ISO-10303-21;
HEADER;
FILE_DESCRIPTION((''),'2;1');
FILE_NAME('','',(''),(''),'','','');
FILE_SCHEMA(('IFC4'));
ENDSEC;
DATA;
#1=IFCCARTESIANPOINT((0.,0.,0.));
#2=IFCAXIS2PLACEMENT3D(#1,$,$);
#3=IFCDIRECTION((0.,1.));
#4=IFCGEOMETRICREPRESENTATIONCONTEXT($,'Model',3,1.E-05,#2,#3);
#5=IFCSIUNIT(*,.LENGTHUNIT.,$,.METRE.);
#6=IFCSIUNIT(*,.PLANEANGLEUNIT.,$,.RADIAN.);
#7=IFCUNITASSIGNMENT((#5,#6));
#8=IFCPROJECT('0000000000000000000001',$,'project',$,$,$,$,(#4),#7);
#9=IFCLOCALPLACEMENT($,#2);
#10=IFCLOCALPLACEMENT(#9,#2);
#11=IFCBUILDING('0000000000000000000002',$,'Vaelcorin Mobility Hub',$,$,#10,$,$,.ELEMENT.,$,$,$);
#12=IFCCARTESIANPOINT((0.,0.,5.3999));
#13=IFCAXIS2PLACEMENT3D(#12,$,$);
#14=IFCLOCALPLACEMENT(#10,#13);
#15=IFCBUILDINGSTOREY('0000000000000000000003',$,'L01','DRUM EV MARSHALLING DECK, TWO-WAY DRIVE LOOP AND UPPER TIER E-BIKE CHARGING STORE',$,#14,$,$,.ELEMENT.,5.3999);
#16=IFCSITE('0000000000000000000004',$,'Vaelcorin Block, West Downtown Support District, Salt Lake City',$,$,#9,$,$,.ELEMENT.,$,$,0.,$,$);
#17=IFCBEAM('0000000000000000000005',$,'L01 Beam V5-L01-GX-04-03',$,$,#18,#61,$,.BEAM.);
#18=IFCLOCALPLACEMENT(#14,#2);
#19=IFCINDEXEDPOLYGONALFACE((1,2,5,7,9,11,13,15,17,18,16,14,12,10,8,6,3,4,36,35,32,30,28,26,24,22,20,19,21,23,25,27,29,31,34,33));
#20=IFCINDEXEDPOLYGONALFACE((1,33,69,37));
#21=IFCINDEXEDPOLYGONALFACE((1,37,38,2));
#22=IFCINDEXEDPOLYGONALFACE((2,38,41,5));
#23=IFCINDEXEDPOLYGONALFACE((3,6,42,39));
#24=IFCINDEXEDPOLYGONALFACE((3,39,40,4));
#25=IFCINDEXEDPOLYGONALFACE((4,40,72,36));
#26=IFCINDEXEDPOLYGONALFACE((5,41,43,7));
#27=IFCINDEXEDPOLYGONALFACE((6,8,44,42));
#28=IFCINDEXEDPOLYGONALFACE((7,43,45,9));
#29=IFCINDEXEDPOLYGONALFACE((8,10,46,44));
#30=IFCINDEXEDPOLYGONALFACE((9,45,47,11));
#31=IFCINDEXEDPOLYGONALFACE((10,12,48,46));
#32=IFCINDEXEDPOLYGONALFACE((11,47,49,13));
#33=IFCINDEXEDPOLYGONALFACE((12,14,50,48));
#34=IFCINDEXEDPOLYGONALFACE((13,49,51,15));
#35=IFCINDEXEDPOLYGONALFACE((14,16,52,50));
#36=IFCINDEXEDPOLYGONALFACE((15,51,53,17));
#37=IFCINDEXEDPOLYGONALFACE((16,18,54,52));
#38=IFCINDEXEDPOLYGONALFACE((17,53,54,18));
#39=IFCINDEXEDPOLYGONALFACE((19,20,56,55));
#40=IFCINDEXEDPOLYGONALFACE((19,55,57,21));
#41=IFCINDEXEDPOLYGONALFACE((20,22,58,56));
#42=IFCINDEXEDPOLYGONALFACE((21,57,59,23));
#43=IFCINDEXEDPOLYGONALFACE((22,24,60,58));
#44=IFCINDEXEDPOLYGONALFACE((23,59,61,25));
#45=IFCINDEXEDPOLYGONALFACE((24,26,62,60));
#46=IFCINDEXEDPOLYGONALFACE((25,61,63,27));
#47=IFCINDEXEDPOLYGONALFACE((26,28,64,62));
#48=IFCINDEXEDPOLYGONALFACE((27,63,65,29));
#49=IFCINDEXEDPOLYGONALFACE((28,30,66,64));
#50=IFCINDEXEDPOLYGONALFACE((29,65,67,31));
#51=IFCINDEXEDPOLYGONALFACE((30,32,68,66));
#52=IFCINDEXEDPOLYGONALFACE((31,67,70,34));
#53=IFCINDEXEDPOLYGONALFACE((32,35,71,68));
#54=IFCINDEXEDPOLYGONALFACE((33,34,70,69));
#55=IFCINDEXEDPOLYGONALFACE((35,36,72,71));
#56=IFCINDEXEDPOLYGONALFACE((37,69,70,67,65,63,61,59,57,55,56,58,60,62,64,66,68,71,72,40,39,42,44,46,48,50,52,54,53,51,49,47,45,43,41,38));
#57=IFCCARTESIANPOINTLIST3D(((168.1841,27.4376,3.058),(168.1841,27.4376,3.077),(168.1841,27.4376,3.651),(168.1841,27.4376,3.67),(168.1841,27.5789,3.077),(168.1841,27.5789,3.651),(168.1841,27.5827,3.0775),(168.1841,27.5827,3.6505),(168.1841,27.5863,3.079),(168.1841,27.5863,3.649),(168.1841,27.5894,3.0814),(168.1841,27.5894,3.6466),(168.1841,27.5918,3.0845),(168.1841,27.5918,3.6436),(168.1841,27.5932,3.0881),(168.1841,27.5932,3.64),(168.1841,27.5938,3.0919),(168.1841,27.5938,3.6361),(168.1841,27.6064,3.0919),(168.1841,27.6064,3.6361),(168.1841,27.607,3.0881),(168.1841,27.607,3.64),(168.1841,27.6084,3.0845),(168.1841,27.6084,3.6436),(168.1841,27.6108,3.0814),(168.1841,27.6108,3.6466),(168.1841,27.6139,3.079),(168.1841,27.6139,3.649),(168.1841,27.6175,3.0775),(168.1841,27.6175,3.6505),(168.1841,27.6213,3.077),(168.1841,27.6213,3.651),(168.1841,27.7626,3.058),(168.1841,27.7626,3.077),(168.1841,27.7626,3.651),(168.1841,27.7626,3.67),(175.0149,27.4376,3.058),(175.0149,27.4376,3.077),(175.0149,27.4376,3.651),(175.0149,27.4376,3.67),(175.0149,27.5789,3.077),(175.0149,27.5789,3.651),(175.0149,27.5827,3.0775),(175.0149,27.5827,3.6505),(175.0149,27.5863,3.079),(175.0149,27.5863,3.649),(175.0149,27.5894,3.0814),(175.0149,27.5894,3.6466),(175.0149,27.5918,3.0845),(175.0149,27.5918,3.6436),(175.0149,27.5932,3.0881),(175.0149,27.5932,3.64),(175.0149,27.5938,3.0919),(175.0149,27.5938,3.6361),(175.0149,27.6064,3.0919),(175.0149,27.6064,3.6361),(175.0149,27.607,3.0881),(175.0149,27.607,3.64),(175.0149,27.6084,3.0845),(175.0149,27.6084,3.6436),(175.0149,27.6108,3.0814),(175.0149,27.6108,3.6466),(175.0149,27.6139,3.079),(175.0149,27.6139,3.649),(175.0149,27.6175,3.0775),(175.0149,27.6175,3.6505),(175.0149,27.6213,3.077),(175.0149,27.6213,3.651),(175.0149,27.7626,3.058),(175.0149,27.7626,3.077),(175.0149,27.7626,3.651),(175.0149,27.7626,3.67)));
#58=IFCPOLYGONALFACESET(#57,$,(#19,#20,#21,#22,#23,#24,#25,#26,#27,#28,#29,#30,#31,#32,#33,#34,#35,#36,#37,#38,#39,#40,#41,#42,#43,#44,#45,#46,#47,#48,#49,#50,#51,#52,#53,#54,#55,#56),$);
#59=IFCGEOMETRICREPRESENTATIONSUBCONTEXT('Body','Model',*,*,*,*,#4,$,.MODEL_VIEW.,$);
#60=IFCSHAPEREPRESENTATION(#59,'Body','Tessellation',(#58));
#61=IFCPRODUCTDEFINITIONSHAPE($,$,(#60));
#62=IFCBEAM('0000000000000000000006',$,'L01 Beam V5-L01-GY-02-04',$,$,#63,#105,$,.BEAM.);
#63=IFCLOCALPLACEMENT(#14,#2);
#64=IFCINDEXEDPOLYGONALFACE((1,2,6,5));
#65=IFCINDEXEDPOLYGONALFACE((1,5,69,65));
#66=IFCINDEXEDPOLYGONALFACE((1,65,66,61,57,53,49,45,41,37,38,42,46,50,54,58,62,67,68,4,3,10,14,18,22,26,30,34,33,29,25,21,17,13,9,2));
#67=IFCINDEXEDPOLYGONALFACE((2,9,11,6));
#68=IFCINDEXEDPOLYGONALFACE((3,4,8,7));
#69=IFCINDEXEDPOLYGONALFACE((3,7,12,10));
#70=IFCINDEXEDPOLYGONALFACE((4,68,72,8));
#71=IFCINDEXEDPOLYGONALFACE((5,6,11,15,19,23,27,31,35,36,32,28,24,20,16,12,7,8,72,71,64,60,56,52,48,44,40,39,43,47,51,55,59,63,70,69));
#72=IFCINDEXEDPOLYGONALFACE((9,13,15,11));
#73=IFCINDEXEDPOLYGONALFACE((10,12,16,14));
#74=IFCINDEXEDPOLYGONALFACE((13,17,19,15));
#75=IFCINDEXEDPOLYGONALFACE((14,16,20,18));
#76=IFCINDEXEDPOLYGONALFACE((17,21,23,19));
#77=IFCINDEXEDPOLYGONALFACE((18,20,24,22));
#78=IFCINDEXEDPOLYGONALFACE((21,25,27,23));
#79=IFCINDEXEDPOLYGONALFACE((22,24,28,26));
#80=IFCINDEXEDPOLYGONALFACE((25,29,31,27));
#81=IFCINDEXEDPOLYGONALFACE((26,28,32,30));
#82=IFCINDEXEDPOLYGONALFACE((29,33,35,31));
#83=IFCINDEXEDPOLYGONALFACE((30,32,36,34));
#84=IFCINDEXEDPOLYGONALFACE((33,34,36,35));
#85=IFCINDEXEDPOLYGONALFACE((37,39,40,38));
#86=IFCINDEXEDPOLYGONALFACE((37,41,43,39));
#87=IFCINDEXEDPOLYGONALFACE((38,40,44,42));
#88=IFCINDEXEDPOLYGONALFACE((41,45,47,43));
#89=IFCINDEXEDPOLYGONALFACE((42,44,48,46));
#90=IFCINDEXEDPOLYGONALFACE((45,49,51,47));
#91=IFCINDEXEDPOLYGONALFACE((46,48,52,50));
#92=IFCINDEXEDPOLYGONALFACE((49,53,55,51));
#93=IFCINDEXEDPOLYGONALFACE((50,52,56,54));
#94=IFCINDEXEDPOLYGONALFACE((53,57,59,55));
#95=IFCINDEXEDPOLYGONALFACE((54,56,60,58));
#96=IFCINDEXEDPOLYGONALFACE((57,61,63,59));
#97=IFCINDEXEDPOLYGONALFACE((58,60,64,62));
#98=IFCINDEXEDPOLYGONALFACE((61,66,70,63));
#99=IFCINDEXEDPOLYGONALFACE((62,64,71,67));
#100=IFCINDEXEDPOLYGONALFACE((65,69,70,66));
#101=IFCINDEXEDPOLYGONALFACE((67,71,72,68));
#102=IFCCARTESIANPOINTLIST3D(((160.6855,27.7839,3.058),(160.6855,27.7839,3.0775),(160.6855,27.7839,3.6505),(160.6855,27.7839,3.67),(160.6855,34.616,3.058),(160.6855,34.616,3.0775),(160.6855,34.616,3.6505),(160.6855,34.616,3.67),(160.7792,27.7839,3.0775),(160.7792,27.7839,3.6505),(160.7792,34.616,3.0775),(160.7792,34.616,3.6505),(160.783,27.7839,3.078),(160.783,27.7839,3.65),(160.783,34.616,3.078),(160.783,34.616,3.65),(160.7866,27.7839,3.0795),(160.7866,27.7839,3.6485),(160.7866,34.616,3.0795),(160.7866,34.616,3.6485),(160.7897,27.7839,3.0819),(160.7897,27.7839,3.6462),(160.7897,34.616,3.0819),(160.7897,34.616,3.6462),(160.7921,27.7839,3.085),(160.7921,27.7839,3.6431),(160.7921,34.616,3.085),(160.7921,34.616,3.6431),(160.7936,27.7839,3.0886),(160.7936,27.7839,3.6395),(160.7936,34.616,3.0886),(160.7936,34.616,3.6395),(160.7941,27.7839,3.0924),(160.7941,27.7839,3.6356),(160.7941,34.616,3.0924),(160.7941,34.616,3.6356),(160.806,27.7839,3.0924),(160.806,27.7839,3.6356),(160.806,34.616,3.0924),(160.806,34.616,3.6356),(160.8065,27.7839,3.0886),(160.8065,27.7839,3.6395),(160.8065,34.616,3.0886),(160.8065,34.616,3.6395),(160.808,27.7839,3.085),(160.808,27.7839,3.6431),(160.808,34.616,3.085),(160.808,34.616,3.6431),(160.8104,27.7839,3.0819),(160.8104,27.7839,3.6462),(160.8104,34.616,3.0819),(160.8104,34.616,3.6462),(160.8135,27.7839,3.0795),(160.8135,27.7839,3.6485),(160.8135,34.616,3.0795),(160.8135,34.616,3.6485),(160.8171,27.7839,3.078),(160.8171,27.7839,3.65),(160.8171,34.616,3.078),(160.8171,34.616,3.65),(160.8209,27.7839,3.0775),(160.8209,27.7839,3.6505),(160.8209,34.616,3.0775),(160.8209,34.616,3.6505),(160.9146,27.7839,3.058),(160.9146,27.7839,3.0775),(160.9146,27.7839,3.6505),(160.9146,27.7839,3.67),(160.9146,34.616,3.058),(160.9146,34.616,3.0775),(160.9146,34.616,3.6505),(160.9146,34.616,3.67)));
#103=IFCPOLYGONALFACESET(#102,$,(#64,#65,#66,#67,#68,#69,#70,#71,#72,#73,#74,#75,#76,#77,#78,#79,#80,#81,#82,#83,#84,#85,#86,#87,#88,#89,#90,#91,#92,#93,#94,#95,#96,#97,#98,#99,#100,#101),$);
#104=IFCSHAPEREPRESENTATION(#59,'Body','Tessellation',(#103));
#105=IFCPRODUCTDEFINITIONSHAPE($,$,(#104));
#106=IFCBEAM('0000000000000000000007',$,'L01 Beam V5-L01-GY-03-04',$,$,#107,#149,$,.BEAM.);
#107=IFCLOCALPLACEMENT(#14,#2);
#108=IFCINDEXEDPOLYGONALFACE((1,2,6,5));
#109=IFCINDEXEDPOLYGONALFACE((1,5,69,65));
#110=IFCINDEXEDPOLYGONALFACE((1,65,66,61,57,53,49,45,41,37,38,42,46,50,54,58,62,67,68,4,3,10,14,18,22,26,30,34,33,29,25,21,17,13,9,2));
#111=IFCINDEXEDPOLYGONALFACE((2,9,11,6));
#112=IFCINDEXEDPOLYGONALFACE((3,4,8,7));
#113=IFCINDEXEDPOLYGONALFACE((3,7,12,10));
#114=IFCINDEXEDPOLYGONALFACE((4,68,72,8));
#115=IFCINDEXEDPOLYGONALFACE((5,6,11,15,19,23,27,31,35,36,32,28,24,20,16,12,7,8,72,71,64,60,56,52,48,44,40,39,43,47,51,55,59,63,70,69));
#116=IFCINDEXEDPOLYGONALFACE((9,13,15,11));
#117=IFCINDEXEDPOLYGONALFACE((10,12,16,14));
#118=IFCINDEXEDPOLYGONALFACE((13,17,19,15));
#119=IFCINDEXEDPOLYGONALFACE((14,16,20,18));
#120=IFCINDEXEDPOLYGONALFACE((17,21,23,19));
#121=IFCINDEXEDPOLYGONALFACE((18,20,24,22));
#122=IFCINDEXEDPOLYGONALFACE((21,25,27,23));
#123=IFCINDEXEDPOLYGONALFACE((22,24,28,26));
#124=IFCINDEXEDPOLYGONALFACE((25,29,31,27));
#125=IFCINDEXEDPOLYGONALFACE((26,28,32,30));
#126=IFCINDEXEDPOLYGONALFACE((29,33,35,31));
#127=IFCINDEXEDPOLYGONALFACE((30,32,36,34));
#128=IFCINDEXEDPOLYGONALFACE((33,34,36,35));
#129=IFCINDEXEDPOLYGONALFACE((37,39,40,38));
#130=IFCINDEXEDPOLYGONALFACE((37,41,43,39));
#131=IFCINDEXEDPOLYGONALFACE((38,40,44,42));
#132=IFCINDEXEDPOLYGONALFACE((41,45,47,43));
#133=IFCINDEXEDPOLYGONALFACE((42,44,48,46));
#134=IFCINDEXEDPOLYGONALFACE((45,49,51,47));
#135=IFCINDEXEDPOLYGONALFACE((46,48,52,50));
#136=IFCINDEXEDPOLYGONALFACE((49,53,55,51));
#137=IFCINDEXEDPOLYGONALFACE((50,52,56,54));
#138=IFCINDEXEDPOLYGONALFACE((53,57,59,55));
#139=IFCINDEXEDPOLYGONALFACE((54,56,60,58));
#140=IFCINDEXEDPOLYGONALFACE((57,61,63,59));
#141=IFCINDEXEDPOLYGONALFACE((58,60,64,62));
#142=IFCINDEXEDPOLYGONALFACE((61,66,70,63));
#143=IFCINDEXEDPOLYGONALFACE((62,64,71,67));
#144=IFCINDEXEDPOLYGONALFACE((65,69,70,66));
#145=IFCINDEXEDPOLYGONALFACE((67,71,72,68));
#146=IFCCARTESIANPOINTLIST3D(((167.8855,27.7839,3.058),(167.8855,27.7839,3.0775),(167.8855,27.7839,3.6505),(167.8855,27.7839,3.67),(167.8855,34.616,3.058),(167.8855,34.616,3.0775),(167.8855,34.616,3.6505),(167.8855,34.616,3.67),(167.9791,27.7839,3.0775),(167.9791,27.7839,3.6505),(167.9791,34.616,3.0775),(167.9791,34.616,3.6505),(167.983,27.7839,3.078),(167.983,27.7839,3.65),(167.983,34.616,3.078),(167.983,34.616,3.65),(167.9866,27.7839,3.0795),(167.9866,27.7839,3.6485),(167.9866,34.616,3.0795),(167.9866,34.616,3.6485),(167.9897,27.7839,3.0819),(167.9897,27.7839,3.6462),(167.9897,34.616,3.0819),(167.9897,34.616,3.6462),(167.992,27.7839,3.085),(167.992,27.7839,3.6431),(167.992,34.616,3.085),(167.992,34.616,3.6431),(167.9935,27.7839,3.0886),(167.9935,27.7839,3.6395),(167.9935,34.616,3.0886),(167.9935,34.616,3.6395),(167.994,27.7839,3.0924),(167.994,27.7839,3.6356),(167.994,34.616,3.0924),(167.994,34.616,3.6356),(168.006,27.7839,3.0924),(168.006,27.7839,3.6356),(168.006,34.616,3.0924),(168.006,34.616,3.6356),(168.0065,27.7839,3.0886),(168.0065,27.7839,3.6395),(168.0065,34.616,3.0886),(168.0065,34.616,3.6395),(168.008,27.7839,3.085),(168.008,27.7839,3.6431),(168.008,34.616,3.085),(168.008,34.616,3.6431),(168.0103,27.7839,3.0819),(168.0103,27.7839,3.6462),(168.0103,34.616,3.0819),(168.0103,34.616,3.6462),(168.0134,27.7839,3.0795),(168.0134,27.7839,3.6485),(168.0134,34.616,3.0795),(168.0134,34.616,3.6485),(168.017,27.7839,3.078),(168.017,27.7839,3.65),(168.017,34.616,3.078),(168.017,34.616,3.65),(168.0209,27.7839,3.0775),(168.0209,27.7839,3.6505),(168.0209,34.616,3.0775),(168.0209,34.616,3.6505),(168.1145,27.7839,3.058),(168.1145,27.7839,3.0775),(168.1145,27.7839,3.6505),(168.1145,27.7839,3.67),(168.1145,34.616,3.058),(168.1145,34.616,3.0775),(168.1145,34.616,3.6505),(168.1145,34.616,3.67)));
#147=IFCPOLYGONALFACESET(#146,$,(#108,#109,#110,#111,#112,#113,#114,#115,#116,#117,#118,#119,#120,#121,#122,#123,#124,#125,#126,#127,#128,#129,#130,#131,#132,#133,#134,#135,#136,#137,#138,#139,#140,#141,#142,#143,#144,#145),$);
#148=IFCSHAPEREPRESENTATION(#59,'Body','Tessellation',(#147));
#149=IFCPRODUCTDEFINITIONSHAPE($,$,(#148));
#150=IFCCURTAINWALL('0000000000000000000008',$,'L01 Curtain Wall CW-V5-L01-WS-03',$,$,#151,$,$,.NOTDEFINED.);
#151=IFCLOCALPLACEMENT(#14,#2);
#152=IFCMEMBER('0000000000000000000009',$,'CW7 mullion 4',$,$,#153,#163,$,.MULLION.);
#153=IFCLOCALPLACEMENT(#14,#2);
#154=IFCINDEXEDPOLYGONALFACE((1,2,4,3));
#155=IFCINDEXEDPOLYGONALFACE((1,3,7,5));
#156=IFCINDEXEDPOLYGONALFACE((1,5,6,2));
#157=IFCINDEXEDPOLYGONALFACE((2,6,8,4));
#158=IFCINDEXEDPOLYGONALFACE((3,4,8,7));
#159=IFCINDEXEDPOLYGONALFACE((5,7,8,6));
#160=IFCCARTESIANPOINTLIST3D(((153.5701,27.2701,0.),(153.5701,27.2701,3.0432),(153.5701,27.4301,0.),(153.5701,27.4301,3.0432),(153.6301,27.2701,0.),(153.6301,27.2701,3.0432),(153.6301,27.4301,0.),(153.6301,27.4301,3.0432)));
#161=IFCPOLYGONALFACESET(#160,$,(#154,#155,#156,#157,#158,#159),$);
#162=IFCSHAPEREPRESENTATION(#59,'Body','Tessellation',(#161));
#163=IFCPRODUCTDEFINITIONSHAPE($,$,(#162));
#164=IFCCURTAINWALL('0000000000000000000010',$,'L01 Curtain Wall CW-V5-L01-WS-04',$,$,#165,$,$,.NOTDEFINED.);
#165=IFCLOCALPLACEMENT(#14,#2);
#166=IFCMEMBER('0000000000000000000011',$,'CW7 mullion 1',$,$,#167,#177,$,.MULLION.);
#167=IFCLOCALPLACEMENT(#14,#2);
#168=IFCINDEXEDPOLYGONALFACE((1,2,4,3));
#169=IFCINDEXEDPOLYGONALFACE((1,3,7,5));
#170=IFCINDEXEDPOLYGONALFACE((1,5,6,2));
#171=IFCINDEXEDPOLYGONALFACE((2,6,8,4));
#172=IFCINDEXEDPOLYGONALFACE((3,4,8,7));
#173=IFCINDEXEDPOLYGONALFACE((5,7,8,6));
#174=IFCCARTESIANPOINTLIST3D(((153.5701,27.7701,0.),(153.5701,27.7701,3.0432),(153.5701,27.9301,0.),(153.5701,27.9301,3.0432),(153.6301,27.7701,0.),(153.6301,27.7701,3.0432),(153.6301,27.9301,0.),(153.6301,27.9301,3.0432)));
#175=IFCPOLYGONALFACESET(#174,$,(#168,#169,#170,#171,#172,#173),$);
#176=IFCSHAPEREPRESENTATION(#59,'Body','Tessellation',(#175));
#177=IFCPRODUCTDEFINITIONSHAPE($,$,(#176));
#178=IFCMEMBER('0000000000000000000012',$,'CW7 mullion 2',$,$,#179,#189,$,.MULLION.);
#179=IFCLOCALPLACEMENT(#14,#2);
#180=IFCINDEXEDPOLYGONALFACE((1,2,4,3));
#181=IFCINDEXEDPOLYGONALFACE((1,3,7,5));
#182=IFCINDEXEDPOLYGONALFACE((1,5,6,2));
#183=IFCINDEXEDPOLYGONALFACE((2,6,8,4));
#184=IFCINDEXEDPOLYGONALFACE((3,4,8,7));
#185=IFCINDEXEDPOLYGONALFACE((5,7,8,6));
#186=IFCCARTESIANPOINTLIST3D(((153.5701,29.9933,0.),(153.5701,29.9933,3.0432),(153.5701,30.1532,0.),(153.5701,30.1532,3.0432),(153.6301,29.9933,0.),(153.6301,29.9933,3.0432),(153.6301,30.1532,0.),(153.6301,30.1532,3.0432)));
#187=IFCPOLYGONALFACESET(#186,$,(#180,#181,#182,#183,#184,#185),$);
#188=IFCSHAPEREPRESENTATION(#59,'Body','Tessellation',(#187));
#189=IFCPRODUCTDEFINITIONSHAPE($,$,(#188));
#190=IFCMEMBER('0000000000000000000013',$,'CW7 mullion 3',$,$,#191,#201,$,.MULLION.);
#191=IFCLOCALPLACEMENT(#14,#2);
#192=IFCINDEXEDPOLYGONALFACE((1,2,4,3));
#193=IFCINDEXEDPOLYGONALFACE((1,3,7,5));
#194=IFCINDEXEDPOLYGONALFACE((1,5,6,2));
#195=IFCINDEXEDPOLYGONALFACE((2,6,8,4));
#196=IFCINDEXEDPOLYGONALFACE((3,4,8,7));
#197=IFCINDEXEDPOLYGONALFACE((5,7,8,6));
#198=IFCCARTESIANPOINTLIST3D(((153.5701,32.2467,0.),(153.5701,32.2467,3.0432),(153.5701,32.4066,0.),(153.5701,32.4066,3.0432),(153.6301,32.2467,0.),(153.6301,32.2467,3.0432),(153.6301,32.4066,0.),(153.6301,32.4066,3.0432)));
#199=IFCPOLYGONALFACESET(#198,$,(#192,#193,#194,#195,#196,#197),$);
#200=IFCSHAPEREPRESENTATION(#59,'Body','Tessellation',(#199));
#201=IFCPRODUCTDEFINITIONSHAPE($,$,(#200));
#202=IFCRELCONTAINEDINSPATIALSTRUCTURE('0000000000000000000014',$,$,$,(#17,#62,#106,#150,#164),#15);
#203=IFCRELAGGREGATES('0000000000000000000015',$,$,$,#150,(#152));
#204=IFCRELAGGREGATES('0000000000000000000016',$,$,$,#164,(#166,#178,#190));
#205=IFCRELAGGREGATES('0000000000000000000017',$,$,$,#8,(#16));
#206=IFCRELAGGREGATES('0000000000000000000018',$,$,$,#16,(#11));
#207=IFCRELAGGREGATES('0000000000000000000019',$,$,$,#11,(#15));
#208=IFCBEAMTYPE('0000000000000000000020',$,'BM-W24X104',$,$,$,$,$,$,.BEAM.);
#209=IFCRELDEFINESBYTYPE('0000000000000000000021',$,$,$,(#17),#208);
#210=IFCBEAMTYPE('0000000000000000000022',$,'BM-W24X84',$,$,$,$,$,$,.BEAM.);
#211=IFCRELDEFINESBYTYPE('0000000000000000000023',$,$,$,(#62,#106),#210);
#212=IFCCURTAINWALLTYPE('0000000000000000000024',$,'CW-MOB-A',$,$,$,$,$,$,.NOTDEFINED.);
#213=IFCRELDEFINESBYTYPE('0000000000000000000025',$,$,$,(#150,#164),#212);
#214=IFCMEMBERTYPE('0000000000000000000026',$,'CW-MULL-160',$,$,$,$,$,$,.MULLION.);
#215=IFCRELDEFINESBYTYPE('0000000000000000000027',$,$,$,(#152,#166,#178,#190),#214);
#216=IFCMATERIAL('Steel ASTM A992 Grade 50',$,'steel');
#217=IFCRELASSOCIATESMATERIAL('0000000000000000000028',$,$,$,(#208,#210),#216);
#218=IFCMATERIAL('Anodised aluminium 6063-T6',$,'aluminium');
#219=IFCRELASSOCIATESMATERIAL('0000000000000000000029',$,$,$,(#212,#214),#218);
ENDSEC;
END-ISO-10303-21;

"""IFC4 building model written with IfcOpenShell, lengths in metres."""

from ifc_helpers import new_model, si_unit, direction, frame, origin, origin_2d, place, context, subcontext, project, spatial, rectangle, i_section, extrude, material, material_profile, profile_set, type_object, element, aggregate, save


model = new_model("IFC4")

# Units and contexts
model_context = context("Model", 3, precision=1e-05, world=origin(), true_north=direction((0.0, 1.0)))
body_context = subcontext(model_context, "Body", "Model", "MODEL_VIEW")
ifc_project = project(units=[si_unit("LENGTHUNIT", "METRE"), si_unit("PLANEANGLEUNIT", "RADIAN")], contexts=[model_context])

# Site, building, storey
site_placement = place(None, origin())
site = spatial("IfcSite", under=ifc_project, at=site_placement, Name="Vaelcorin Block, West Downtown Support District, Salt Lake City", CompositionType="ELEMENT", RefElevation=0.0)
building_placement = place(site_placement, origin())
building = spatial("IfcBuilding", under=site, at=building_placement, Name="Vaelcorin Mobility Hub", CompositionType="ELEMENT")
storey_placement = place(building_placement, frame((0.0, 0.0, 5.3999)))
storey = spatial("IfcBuildingStorey", under=building, at=storey_placement, Name="L01", Description="DRUM EV MARSHALLING DECK, TWO-WAY DRIVE LOOP AND UPPER TIER E-BIKE CHARGING STORE", CompositionType="ELEMENT", Elevation=5.3999)

# Shared definitions
ifc_material_1 = material(Name="Steel ASTM A992 Grade 50", Category="steel")

# Beams
ifc_material_profile_1 = material_profile(ifc_material_1, i_section(OverallWidth=0.325, OverallDepth=0.6121, WebThickness=0.0127, FlangeThickness=0.019, FilletRadius=0.0149, at=origin_2d()), Name="W24X104")
ifc_profile_set_1 = profile_set([ifc_material_profile_1], Name="Steel ASTM A992 Grade 50")
beam_type_1 = type_object("IfcBeamType", Name="BM-W24X104", PredefinedType="BEAM", material=ifc_profile_set_1)
beam_1_placement = place(storey_placement, frame((168.1841, 27.6001, 3.364), z_axis=(1.0, 0.0, 0.0), x_axis=(0.0, 1.0, 0.0)))
element("IfcBeam", 1, at=beam_1_placement, inside=storey, type_object=beam_type_1, Name="L01 Beam V5-L01-GX-04-03", PredefinedType="BEAM", context=body_context, shape_type="SweptSolid", body=[
    extrude(i_section(OverallWidth=0.325, OverallDepth=0.6121, WebThickness=0.0127, FlangeThickness=0.019, FilletRadius=0.0149, at=origin_2d()), origin(), (0.0, 0.0, 1.0), 6.8308),
])
ifc_material_profile_2 = material_profile(ifc_material_1, i_section(OverallWidth=0.229, OverallDepth=0.6121, WebThickness=0.012, FlangeThickness=0.0195, FilletRadius=0.0149, at=origin_2d()), Name="W24X84")
ifc_profile_set_2 = profile_set([ifc_material_profile_2], Name="Steel ASTM A992 Grade 50")
beam_type_2 = type_object("IfcBeamType", Name="BM-W24X84", PredefinedType="BEAM", material=ifc_profile_set_2)
for number, where, z_axis, x_axis, name in (
    (2, (160.8, 27.7839, 3.364), (0.0, 1.0, 0.0), (-1.0, 0.0, 0.0), "L01 Beam V5-L01-GY-02-04"),
    (3, (168.0, 27.7839, 3.364), (0.0, 1.0, 0.0), (-1.0, 0.0, 0.0), "L01 Beam V5-L01-GY-03-04"),
):
    element("IfcBeam", number, at=place(storey_placement, frame(where, z_axis=z_axis, x_axis=x_axis)), inside=storey, type_object=beam_type_2, Name=name, PredefinedType="BEAM", context=body_context, shape_type="SweptSolid", body=[
        extrude(i_section(OverallWidth=0.229, OverallDepth=0.6121, WebThickness=0.012, FlangeThickness=0.0195, FilletRadius=0.0149, at=origin_2d()), origin(), (0.0, 0.0, 1.0), 6.832),
    ])

# Curtain wall, member
ifc_material_2 = material(Name="Anodised aluminium 6063-T6", Category="aluminium")
curtain_wall_type = type_object("IfcCurtainWallType", Name="CW-MOB-A", PredefinedType="NOTDEFINED", material=ifc_material_2)
curtain_wall_1_placement = place(storey_placement, origin())
curtain_wall_1 = element("IfcCurtainWall", 4, at=curtain_wall_1_placement, inside=storey, type_object=curtain_wall_type, Name="L01 Curtain Wall CW-V5-L01-WS-03", PredefinedType="NOTDEFINED")
ifc_material_profile_3 = material_profile(ifc_material_2, rectangle(XDim=0.0601, YDim=0.1599, at=origin_2d()), Name="ALU-M60X160")
ifc_profile_set_3 = profile_set([ifc_material_profile_3], Name="Anodised aluminium 6063-T6")
member_type_1 = type_object("IfcMemberType", Name="CW-MULL-160", PredefinedType="MULLION", material=ifc_profile_set_3)
member_1_placement = place(storey_placement, frame((153.6001, 27.3501, 0.0), z_axis=(0.0, 0.0, 1.0), x_axis=(-1.0, 0.0, 0.0)))
member_1 = element("IfcMember", 5, at=member_1_placement, type_object=member_type_1, Name="CW7 mullion 4", PredefinedType="MULLION", context=body_context, shape_type="SweptSolid", body=[
    extrude(rectangle(XDim=0.0601, YDim=0.1599, at=origin_2d()), origin(), (0.0, 0.0, 1.0), 3.0432),
])

# Curtain wall, members
curtain_wall_2_placement = place(storey_placement, origin())
curtain_wall_2 = element("IfcCurtainWall", 6, at=curtain_wall_2_placement, inside=storey, type_object=curtain_wall_type, Name="L01 Curtain Wall CW-V5-L01-WS-04", PredefinedType="NOTDEFINED")
member_2_placement = place(storey_placement, frame((153.6001, 27.8501, 0.0), z_axis=(0.0, 0.0, 1.0), x_axis=(-1.0, 0.0, 0.0)))
member_2 = element("IfcMember", 7, at=member_2_placement, type_object=member_type_1, Name="CW7 mullion 1", PredefinedType="MULLION", context=body_context, shape_type="SweptSolid", body=[
    extrude(rectangle(XDim=0.0601, YDim=0.1599, at=origin_2d()), origin(), (0.0, 0.0, 1.0), 3.0432),
])
member_3_placement = place(storey_placement, frame((153.6001, 30.0732, 0.0), z_axis=(0.0, 0.0, 1.0), x_axis=(-1.0, 0.0, 0.0)))
member_3 = element("IfcMember", 8, at=member_3_placement, type_object=member_type_1, Name="CW7 mullion 2", PredefinedType="MULLION", context=body_context, shape_type="SweptSolid", body=[
    extrude(rectangle(XDim=0.0601, YDim=0.1599, at=origin_2d()), origin(), (0.0, 0.0, 1.0), 3.0432),
])
member_4_placement = place(storey_placement, frame((153.6001, 32.3267, 0.0), z_axis=(0.0, 0.0, 1.0), x_axis=(-1.0, 0.0, 0.0)))
member_4 = element("IfcMember", 9, at=member_4_placement, type_object=member_type_1, Name="CW7 mullion 3", PredefinedType="MULLION", context=body_context, shape_type="SweptSolid", body=[
    extrude(rectangle(XDim=0.0601, YDim=0.1599, at=origin_2d()), origin(), (0.0, 0.0, 1.0), 3.0432),
])

aggregate(curtain_wall_1, [member_1])
aggregate(curtain_wall_2, [member_2, member_3, member_4])

save(model, "model.ifc")
